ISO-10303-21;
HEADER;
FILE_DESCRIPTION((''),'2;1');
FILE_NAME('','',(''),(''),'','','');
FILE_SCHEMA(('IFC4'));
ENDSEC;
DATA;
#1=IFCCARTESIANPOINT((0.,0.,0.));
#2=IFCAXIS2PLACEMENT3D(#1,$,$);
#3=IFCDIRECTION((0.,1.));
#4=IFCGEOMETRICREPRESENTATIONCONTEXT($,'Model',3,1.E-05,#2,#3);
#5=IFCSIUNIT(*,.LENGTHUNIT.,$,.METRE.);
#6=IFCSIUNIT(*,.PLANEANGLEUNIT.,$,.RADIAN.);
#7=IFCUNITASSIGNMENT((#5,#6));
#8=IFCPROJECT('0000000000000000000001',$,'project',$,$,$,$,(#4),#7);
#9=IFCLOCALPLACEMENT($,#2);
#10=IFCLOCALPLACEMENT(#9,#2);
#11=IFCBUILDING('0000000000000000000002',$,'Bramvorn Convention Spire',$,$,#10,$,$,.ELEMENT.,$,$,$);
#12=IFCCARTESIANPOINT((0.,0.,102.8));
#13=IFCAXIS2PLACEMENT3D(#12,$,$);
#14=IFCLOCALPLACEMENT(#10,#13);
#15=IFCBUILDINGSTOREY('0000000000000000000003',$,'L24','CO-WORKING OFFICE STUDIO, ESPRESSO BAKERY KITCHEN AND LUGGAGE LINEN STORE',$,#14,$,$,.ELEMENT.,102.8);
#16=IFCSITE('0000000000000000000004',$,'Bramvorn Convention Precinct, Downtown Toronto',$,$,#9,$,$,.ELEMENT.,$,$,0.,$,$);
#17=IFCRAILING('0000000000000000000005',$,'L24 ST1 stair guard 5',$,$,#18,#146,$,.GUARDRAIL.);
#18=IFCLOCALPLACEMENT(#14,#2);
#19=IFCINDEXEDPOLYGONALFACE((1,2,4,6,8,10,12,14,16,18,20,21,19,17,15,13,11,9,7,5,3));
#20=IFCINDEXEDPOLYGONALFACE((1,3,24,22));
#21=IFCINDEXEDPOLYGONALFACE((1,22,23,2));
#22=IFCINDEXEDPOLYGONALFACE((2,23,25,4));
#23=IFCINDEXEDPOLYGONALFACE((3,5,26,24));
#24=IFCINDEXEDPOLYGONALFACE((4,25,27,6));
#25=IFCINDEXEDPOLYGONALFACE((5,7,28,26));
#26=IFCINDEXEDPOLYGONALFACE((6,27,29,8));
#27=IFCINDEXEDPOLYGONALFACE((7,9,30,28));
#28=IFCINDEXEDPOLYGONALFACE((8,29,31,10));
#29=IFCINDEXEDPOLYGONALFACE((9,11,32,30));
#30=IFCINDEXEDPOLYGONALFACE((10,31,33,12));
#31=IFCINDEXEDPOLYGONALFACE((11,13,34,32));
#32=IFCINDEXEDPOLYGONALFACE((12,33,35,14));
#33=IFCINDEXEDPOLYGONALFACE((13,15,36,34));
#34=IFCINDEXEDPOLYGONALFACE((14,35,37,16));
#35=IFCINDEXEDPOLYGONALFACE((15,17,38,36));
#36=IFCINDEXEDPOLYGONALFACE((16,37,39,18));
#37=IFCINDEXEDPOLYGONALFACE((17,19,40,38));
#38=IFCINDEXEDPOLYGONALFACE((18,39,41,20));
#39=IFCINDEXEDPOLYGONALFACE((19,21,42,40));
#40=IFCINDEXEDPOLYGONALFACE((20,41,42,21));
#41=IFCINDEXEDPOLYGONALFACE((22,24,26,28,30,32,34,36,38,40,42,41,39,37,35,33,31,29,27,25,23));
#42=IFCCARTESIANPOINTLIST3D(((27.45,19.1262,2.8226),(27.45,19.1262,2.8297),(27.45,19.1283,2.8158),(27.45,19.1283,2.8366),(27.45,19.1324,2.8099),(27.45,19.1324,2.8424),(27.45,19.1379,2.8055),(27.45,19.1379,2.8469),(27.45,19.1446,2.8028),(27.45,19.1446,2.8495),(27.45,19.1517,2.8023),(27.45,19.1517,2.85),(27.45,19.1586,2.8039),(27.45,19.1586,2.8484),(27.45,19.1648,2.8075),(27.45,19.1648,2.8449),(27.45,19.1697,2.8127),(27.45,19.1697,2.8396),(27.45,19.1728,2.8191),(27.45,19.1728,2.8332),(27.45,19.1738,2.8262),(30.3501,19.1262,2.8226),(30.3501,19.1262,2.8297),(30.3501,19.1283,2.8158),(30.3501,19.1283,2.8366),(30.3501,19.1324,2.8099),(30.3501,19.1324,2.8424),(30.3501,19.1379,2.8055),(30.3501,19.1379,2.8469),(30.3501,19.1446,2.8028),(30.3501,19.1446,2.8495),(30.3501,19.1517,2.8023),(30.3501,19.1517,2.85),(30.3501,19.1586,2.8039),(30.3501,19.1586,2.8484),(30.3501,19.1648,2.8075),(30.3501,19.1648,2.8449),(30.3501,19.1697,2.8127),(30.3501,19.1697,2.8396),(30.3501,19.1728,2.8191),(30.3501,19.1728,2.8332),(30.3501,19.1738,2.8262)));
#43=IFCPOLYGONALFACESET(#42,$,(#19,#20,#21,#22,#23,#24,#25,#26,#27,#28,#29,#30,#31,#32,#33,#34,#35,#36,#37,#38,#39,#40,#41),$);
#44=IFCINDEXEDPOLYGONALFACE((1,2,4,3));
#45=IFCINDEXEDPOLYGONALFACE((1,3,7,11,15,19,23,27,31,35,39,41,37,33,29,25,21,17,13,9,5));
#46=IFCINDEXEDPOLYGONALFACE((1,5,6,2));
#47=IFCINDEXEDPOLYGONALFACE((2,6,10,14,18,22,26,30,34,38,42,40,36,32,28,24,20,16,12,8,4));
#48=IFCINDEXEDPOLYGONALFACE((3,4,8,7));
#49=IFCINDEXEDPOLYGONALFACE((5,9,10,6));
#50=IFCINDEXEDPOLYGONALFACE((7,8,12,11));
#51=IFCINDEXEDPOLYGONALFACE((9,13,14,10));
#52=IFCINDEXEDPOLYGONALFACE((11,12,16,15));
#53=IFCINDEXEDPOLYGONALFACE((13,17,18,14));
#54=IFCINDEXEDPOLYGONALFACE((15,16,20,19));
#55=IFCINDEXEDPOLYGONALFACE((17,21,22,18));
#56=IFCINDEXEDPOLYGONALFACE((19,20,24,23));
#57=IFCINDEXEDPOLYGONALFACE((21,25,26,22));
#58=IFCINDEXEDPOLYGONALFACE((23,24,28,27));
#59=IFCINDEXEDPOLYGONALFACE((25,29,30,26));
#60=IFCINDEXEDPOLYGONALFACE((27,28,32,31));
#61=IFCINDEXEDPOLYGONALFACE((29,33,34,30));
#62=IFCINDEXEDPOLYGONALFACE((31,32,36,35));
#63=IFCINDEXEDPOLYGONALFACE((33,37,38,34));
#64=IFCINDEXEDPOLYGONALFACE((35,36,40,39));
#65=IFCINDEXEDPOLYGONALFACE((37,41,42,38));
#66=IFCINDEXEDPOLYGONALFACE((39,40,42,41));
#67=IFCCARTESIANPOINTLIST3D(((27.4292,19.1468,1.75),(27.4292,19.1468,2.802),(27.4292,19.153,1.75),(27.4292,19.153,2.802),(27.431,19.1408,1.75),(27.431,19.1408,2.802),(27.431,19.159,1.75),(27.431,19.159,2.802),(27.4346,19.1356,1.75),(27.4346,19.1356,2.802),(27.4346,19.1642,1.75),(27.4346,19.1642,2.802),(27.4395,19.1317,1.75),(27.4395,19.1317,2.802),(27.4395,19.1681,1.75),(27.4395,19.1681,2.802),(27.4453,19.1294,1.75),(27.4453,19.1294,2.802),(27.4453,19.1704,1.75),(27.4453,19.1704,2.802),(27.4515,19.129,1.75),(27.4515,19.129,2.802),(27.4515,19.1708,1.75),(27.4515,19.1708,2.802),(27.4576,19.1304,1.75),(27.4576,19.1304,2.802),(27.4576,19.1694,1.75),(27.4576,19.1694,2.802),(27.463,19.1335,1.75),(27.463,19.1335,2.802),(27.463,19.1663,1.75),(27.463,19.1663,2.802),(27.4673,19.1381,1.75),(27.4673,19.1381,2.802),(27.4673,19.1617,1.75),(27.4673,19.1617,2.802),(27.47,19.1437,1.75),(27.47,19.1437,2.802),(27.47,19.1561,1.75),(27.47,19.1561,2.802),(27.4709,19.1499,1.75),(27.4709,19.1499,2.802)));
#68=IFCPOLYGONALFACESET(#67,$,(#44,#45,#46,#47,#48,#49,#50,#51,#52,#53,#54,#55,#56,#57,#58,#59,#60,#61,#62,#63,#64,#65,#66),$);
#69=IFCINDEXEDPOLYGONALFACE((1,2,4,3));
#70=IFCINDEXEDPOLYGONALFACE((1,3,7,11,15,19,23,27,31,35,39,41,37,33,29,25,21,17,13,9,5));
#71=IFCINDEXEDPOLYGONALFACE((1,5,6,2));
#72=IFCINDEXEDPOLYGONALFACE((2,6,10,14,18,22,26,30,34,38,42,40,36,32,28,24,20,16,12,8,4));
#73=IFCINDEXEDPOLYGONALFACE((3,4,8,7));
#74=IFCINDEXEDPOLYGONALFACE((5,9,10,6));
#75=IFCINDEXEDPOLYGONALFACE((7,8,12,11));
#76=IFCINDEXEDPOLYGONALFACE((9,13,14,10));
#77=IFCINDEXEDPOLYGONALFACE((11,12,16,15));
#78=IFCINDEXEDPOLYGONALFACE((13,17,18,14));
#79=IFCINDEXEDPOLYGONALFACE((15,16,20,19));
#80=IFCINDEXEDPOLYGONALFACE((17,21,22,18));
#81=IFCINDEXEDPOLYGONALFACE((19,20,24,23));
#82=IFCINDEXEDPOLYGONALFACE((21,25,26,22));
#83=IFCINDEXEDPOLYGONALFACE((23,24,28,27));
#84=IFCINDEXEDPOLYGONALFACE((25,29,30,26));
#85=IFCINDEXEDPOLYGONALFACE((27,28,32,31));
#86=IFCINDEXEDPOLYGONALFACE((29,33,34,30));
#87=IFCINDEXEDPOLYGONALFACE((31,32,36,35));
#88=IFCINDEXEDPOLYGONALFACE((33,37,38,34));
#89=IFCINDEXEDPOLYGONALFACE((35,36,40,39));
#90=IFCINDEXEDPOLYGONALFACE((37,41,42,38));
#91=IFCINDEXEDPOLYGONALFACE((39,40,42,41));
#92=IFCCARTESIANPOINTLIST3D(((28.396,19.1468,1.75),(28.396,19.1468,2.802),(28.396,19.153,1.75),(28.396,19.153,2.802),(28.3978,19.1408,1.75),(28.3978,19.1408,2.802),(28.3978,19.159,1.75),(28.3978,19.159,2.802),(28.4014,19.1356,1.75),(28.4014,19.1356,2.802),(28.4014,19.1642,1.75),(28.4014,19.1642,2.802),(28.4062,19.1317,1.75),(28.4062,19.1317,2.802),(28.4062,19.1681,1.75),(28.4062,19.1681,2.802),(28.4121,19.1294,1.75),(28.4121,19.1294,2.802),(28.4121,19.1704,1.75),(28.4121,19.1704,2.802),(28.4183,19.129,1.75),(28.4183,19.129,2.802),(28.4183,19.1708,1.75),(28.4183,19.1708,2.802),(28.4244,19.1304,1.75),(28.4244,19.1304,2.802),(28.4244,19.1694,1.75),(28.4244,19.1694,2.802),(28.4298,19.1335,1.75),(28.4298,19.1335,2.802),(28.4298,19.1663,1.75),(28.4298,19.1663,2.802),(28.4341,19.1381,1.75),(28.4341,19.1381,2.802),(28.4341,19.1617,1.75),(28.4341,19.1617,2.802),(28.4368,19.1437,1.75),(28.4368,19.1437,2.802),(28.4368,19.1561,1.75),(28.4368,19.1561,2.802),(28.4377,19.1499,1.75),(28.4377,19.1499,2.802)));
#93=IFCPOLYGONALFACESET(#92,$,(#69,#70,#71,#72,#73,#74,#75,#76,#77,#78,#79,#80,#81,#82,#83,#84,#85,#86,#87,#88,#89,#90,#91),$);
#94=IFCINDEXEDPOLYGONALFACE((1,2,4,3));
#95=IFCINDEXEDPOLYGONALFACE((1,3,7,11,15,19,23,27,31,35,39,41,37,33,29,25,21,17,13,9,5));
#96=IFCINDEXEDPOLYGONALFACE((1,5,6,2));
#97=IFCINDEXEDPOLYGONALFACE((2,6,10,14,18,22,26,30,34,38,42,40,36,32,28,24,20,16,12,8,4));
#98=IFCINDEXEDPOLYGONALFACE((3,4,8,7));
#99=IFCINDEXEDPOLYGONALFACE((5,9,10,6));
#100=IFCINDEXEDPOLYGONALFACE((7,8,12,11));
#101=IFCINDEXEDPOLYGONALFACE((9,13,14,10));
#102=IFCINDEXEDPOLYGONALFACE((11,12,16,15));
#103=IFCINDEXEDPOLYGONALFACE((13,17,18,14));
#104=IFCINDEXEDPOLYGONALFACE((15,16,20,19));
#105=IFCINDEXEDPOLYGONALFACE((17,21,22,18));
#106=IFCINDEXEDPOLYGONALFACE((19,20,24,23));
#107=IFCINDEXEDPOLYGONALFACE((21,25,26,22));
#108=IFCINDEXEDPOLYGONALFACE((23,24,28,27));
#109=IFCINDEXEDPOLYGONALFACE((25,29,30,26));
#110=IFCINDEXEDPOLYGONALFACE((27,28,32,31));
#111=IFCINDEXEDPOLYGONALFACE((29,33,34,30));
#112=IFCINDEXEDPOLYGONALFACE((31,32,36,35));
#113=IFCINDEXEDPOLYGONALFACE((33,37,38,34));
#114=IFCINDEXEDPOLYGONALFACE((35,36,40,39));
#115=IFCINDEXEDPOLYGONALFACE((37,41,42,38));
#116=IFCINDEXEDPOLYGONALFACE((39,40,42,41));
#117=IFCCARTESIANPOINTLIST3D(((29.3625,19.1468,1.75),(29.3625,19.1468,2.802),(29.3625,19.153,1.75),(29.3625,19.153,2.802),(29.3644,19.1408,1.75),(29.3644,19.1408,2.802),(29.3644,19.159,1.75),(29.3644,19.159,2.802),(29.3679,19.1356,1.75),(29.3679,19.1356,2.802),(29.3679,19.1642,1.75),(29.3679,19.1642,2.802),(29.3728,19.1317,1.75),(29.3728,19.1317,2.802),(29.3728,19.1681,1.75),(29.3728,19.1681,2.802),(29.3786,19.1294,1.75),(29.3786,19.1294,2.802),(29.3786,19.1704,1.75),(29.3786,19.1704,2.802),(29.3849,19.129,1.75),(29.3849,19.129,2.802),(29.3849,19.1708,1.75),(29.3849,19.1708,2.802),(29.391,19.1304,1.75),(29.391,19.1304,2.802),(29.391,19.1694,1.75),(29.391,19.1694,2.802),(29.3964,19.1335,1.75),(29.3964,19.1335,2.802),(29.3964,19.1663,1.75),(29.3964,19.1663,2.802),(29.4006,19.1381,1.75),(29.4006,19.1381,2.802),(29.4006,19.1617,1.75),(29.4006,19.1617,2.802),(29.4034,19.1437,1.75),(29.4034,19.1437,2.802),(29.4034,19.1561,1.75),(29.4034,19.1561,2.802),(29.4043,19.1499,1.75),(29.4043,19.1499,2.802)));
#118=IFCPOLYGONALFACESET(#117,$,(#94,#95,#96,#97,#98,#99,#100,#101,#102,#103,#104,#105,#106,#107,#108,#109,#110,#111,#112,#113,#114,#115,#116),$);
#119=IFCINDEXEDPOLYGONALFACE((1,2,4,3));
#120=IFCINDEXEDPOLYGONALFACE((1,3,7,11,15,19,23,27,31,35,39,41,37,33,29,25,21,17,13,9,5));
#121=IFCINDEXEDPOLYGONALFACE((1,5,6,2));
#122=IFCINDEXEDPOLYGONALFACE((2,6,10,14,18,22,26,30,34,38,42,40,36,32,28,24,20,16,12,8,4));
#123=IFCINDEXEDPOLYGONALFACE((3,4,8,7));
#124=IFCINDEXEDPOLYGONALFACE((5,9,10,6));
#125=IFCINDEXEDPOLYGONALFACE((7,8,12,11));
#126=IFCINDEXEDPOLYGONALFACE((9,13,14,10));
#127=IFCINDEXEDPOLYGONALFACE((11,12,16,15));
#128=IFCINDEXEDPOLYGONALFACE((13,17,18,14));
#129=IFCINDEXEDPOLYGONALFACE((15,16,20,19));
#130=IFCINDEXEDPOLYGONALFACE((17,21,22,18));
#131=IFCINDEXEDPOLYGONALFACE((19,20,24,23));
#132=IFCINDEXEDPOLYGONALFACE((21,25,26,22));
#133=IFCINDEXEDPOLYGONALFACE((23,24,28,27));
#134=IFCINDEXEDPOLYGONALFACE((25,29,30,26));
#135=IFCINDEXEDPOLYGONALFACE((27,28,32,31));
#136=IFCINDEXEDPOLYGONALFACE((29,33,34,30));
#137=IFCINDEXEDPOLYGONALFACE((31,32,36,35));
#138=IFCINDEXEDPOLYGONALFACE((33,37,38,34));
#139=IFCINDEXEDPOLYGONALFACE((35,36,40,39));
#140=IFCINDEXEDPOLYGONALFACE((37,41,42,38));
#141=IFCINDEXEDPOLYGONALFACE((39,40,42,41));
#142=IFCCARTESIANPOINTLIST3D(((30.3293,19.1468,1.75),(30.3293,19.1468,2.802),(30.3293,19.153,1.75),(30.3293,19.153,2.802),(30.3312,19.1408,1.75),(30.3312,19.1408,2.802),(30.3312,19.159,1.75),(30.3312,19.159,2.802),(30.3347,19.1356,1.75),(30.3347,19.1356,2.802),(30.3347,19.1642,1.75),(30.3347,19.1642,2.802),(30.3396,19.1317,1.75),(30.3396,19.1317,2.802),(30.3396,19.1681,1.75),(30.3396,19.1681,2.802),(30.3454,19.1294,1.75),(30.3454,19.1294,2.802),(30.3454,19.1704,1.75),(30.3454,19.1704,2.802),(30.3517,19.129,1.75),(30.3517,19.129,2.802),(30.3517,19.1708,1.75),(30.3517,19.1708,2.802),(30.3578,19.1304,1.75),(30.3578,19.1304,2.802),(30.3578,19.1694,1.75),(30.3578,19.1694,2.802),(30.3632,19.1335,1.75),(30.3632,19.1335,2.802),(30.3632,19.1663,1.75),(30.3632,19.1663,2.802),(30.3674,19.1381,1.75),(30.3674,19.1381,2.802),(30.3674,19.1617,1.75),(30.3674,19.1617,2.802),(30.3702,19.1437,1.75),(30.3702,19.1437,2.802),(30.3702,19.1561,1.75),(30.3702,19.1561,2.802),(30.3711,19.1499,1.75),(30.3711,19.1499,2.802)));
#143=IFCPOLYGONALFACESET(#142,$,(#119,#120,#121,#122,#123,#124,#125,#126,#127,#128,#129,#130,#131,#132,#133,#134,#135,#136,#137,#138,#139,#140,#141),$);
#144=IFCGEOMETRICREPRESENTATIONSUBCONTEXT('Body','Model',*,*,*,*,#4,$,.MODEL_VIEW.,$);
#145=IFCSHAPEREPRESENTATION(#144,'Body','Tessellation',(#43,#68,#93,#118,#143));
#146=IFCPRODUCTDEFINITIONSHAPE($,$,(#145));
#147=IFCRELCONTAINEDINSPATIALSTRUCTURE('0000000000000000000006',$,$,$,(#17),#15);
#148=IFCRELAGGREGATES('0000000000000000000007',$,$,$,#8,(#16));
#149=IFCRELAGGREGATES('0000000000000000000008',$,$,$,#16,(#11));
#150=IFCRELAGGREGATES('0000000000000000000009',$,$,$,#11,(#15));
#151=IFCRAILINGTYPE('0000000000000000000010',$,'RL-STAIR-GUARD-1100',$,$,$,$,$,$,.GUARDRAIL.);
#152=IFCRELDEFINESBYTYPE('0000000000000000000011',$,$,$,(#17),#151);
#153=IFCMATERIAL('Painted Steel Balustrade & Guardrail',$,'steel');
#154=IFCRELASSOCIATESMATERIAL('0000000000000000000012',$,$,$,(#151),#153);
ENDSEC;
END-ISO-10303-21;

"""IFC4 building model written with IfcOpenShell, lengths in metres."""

from ifc_helpers import new_model, si_unit, direction, frame, origin, origin_2d, place, context, subcontext, project, spatial, circle, extrude, material, type_object, element, save


model = new_model("IFC4")

# Units and contexts
model_context = context("Model", 3, precision=1e-05, world=origin(), true_north=direction((0.0, 1.0)))
body_context = subcontext(model_context, "Body", "Model", "MODEL_VIEW")
ifc_project = project(units=[si_unit("LENGTHUNIT", "METRE"), si_unit("PLANEANGLEUNIT", "RADIAN")], contexts=[model_context])

# Site, building, storey
site_placement = place(None, origin())
site = spatial("IfcSite", under=ifc_project, at=site_placement, Name="Bramvorn Convention Precinct, Downtown Toronto", CompositionType="ELEMENT", RefElevation=0.0)
building_placement = place(site_placement, origin())
building = spatial("IfcBuilding", under=site, at=building_placement, Name="Bramvorn Convention Spire", CompositionType="ELEMENT")
storey_placement = place(building_placement, frame((0.0, 0.0, 102.8)))
storey = spatial("IfcBuildingStorey", under=building, at=storey_placement, Name="L24", Description="CO-WORKING OFFICE STUDIO, ESPRESSO BAKERY KITCHEN AND LUGGAGE LINEN STORE", CompositionType="ELEMENT", Elevation=102.8)

# Railing
ifc_material_1 = material(Name="Painted Steel Balustrade & Guardrail", Category="steel")
railing_type_1 = type_object("IfcRailingType", Name="RL-STAIR-GUARD-1100", PredefinedType="GUARDRAIL", material=ifc_material_1)
railing_1_placement = place(storey_placement, frame((27.45, 19.1499, 1.75)))
element("IfcRailing", 1, at=railing_1_placement, inside=storey, type_object=railing_type_1, Name="L24 ST1 stair guard 5", PredefinedType="GUARDRAIL", context=body_context, shape_type="SweptSolid", body=[
    extrude(circle(Radius=0.0239, at=origin_2d()), frame((0.0, 0.0, 1.0762), z_axis=(1.0, 0.0, 0.0), x_axis=(0.0, 1.0, 0.0)), (0.0, 0.0, 1.0), 2.9001),
    extrude(circle(Radius=0.021, at=origin_2d()), origin(), (0.0, 0.0, 1.0), 1.052),
    extrude(circle(Radius=0.021, at=origin_2d()), frame((0.9668, 0.0, 0.0)), (0.0, 0.0, 1.0), 1.052),
    extrude(circle(Radius=0.021, at=origin_2d()), frame((1.9333, 0.0, 0.0)), (0.0, 0.0, 1.0), 1.052),
    extrude(circle(Radius=0.021, at=origin_2d()), frame((2.9001, 0.0, 0.0)), (0.0, 0.0, 1.0), 1.052),
])

save(model, "model.ifc")
